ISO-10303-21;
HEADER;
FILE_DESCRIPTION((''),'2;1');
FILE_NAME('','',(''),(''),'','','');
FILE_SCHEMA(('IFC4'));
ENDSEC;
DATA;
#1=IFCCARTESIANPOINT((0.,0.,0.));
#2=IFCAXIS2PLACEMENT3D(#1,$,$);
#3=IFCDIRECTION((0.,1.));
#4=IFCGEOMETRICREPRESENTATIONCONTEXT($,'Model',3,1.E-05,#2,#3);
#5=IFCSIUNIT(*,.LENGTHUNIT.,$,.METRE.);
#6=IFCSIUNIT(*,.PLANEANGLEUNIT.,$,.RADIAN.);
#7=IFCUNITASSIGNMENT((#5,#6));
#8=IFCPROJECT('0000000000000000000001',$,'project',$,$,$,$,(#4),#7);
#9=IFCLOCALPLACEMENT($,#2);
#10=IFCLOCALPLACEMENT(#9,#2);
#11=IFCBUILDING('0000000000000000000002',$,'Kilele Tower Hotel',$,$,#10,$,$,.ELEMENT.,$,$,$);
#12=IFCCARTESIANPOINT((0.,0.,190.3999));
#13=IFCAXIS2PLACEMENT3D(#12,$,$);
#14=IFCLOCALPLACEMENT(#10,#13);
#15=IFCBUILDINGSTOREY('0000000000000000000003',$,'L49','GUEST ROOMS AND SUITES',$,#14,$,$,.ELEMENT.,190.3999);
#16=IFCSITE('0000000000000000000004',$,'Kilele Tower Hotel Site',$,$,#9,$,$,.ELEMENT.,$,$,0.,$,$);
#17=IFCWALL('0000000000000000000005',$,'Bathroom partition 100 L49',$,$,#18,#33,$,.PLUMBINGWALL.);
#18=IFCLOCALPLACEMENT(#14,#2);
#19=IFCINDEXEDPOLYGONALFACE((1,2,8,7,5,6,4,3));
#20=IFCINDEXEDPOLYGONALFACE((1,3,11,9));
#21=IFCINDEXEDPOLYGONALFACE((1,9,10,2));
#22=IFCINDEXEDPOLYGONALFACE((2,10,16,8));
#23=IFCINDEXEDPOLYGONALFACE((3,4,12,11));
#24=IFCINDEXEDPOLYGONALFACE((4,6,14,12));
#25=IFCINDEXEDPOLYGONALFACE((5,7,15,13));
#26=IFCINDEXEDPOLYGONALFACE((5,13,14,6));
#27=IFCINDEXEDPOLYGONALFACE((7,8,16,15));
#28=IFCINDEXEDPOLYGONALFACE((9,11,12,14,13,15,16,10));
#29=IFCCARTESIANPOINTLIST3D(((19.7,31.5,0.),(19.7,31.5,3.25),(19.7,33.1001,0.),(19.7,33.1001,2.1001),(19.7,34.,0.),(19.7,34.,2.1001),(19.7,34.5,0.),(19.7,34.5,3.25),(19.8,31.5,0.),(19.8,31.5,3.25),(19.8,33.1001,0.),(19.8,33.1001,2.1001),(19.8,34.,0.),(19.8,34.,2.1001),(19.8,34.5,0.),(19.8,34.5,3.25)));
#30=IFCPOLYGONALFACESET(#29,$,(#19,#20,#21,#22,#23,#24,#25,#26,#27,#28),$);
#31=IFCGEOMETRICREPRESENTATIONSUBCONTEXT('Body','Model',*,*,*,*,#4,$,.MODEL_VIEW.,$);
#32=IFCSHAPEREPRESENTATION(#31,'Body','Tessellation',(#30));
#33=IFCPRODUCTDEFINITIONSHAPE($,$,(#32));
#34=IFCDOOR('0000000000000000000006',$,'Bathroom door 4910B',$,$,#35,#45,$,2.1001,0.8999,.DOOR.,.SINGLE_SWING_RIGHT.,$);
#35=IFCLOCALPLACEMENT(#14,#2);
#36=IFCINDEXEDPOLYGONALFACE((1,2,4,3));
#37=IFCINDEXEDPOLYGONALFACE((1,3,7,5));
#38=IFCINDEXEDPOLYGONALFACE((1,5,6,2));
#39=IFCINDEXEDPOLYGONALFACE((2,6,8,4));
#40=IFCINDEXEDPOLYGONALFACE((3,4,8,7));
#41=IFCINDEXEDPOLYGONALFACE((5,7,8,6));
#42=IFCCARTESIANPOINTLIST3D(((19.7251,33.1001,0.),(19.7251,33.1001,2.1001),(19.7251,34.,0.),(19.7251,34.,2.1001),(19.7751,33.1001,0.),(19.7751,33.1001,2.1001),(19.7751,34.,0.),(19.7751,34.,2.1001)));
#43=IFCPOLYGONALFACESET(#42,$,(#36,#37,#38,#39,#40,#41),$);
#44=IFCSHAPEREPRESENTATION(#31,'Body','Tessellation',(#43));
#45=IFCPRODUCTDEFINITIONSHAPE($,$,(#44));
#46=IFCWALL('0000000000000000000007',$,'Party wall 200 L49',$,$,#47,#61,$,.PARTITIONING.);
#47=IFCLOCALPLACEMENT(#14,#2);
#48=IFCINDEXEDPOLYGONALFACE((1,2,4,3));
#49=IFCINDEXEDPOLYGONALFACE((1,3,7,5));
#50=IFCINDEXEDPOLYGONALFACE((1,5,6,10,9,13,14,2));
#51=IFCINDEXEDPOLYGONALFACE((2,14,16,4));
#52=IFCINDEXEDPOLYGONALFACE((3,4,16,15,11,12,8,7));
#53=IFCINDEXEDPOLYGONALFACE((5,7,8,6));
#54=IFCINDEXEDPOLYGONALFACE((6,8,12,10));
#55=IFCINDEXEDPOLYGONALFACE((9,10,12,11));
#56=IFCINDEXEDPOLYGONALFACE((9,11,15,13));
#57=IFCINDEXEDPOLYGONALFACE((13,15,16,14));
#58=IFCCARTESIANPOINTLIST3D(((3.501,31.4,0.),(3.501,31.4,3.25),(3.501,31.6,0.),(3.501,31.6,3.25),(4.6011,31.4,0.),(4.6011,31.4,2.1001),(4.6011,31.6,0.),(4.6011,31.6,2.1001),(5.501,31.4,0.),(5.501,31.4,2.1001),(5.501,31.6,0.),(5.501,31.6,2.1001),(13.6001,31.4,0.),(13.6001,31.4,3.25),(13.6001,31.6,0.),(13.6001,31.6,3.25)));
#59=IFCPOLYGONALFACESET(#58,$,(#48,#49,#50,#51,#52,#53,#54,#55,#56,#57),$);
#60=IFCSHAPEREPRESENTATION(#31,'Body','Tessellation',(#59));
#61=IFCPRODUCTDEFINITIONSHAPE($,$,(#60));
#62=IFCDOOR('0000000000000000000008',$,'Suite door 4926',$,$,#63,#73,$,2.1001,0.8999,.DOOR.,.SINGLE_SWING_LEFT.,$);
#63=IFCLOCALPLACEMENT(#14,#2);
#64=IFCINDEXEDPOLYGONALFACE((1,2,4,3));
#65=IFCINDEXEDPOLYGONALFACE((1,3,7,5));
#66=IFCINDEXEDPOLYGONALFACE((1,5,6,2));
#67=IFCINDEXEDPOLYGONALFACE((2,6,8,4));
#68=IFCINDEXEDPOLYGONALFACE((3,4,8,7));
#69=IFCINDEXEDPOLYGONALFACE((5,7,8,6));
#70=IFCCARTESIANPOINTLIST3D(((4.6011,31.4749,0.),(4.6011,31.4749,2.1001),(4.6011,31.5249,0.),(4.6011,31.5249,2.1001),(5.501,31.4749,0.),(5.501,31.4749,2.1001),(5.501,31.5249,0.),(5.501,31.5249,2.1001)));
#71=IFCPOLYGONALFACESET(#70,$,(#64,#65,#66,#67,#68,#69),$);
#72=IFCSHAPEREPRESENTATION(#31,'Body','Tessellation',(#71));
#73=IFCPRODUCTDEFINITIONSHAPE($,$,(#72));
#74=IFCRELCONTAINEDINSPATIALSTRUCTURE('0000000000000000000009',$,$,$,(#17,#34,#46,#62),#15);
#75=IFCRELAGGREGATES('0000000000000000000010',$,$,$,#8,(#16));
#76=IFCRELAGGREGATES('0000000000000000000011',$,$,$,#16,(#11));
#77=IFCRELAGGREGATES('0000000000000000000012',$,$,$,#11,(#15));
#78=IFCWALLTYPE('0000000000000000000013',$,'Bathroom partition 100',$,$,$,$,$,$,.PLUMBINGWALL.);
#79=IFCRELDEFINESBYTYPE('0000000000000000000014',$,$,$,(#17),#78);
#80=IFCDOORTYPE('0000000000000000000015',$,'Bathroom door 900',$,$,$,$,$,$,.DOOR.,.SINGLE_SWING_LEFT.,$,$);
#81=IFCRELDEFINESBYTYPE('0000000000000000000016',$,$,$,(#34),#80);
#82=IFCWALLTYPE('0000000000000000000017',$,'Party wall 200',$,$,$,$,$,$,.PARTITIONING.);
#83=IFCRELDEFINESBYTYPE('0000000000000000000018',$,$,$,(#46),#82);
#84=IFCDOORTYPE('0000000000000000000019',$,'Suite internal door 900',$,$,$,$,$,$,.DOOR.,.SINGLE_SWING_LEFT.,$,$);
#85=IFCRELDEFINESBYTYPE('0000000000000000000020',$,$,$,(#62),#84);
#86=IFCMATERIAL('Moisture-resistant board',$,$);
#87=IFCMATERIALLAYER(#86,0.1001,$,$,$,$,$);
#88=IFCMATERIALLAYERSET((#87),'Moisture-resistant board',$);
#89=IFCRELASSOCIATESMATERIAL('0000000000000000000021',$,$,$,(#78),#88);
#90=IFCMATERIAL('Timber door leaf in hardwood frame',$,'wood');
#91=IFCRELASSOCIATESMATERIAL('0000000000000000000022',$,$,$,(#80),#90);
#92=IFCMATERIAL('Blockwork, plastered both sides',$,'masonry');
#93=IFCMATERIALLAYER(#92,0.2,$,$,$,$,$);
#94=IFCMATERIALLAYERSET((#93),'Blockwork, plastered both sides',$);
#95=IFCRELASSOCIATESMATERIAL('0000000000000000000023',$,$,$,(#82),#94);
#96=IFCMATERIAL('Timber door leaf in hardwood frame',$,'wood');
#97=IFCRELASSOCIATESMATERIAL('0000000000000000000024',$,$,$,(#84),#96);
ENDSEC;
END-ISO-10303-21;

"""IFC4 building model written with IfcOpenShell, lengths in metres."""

from ifc_helpers import new_model, si_unit, direction, frame, frame_2d, origin, place, context, subcontext, project, spatial, rectangle, extrude, material, layer, layer_set, type_object, element, fill, save


model = new_model("IFC4")

# Units and contexts
model_context = context("Model", 3, precision=1e-05, world=origin(), true_north=direction((0.0, 1.0)))
body_context = subcontext(model_context, "Body", "Model", "MODEL_VIEW")
ifc_project = project(units=[si_unit("LENGTHUNIT", "METRE"), si_unit("PLANEANGLEUNIT", "RADIAN")], contexts=[model_context])

# Site, building, storey
site_placement = place(None, origin())
site = spatial("IfcSite", under=ifc_project, at=site_placement, Name="Kilele Tower Hotel Site", CompositionType="ELEMENT", RefElevation=0.0)
building_placement = place(site_placement, origin())
building = spatial("IfcBuilding", under=site, at=building_placement, Name="Kilele Tower Hotel", CompositionType="ELEMENT")
storey_placement = place(building_placement, frame((0.0, 0.0, 190.3999)))
storey = spatial("IfcBuildingStorey", under=building, at=storey_placement, Name="L49", Description="GUEST ROOMS AND SUITES", CompositionType="ELEMENT", Elevation=190.3999)

# Shared definitions
ifc_material_1 = material(Name="Moisture-resistant board")
ifc_layer_1 = layer(ifc_material_1, 0.1001)
ifc_layer_set_1 = layer_set([ifc_layer_1], Name="Moisture-resistant board")
wall_type_1 = type_object("IfcWallType", Name="Bathroom partition 100", PredefinedType="PLUMBINGWALL", material=ifc_layer_set_1)

# Shared definitions
ifc_material_2 = material(Name="Timber door leaf in hardwood frame", Category="wood")
door_type_1 = type_object("IfcDoorType", Name="Bathroom door 900", OperationType="SINGLE_SWING_LEFT", PredefinedType="DOOR", material=ifc_material_2)

# Walls, openings, doors
wall_1_placement = place(storey_placement, frame((19.75, 31.5, 0.0), z_axis=(0.0, 0.0, 1.0), x_axis=(0.0, 1.0, 0.0)))
wall_1 = element("IfcWall", 1, at=wall_1_placement, inside=storey, type_object=wall_type_1, Name="Bathroom partition 100 L49", PredefinedType="PLUMBINGWALL", context=body_context, shape_type="SweptSolid", body=[
    extrude(rectangle(XDim=3.0, YDim=0.1001, at=frame_2d((1.5, 0.0))), origin(), (0.0, 0.0, 1.0), 3.25),
])
opening_1_placement = place(wall_1_placement, frame((1.6001, 0.0, 0.0)))
opening_1 = element("IfcOpeningElement", 2, at=opening_1_placement, cuts=wall_1, PredefinedType="OPENING", context=body_context, shape_type="SweptSolid", body=[
    extrude(rectangle(XDim=0.8999, YDim=2.1001, at=frame_2d((0.45, 1.05))), frame((0.0, 0.0601, 0.0), z_axis=(0.0, -1.0, 0.0), x_axis=(1.0, 0.0, 0.0)), (0.0, 0.0, 1.0), 0.1201),
])
door_1_placement = place(opening_1_placement, origin())
door_1 = element("IfcDoor", 3, at=door_1_placement, inside=storey, type_object=door_type_1, Name="Bathroom door 4910B", OperationType="SINGLE_SWING_RIGHT", OverallHeight=2.1001, OverallWidth=0.8999, PredefinedType="DOOR", context=body_context, shape_type="SweptSolid", body=[
    extrude(rectangle(XDim=0.8999, YDim=2.1001, at=frame_2d((0.45, 1.05))), frame((0.0, 0.0249, 0.0), z_axis=(0.0, -1.0, 0.0), x_axis=(1.0, 0.0, 0.0)), (0.0, 0.0, 1.0), 0.05),
])
fill(opening_1, door_1)
ifc_material_3 = material(Name="Blockwork, plastered both sides", Category="masonry")
ifc_layer_2 = layer(ifc_material_3, 0.2)
ifc_layer_set_2 = layer_set([ifc_layer_2], Name="Blockwork, plastered both sides")
wall_type_2 = type_object("IfcWallType", Name="Party wall 200", PredefinedType="PARTITIONING", material=ifc_layer_set_2)
wall_2_placement = place(storey_placement, frame((13.6001, 31.5, 0.0), z_axis=(0.0, 0.0, 1.0), x_axis=(-1.0, 0.0, 0.0)))
wall_2 = element("IfcWall", 4, at=wall_2_placement, inside=storey, type_object=wall_type_2, Name="Party wall 200 L49", PredefinedType="PARTITIONING", context=body_context, shape_type="SweptSolid", body=[
    extrude(rectangle(XDim=10.0991, YDim=0.2, at=frame_2d((5.0496, 0.0))), origin(), (0.0, 0.0, 1.0), 3.25),
])
opening_2_placement = place(wall_2_placement, frame((8.999, 0.0, 0.0), z_axis=(0.0, 0.0, 1.0), x_axis=(-1.0, 0.0, 0.0)))
opening_2 = element("IfcOpeningElement", 5, at=opening_2_placement, cuts=wall_2, PredefinedType="OPENING", context=body_context, shape_type="SweptSolid", body=[
    extrude(rectangle(XDim=0.8999, YDim=2.1001, at=frame_2d((0.45, 1.05))), frame((0.0, 0.1099, 0.0), z_axis=(0.0, -1.0, 0.0), x_axis=(1.0, 0.0, 0.0)), (0.0, 0.0, 1.0), 0.22),
])
ifc_material_4 = material(Name="Timber door leaf in hardwood frame", Category="wood")
door_type_2 = type_object("IfcDoorType", Name="Suite internal door 900", OperationType="SINGLE_SWING_LEFT", PredefinedType="DOOR", material=ifc_material_4)
door_2_placement = place(opening_2_placement, origin())
door_2 = element("IfcDoor", 6, at=door_2_placement, inside=storey, type_object=door_type_2, Name="Suite door 4926", OperationType="SINGLE_SWING_LEFT", OverallHeight=2.1001, OverallWidth=0.8999, PredefinedType="DOOR", context=body_context, shape_type="SweptSolid", body=[
    extrude(rectangle(XDim=0.8999, YDim=2.1001, at=frame_2d((0.45, 1.05))), frame((0.0, 0.0249, 0.0), z_axis=(0.0, -1.0, 0.0), x_axis=(1.0, 0.0, 0.0)), (0.0, 0.0, 1.0), 0.05),
])
fill(opening_2, door_2)

save(model, "model.ifc")
